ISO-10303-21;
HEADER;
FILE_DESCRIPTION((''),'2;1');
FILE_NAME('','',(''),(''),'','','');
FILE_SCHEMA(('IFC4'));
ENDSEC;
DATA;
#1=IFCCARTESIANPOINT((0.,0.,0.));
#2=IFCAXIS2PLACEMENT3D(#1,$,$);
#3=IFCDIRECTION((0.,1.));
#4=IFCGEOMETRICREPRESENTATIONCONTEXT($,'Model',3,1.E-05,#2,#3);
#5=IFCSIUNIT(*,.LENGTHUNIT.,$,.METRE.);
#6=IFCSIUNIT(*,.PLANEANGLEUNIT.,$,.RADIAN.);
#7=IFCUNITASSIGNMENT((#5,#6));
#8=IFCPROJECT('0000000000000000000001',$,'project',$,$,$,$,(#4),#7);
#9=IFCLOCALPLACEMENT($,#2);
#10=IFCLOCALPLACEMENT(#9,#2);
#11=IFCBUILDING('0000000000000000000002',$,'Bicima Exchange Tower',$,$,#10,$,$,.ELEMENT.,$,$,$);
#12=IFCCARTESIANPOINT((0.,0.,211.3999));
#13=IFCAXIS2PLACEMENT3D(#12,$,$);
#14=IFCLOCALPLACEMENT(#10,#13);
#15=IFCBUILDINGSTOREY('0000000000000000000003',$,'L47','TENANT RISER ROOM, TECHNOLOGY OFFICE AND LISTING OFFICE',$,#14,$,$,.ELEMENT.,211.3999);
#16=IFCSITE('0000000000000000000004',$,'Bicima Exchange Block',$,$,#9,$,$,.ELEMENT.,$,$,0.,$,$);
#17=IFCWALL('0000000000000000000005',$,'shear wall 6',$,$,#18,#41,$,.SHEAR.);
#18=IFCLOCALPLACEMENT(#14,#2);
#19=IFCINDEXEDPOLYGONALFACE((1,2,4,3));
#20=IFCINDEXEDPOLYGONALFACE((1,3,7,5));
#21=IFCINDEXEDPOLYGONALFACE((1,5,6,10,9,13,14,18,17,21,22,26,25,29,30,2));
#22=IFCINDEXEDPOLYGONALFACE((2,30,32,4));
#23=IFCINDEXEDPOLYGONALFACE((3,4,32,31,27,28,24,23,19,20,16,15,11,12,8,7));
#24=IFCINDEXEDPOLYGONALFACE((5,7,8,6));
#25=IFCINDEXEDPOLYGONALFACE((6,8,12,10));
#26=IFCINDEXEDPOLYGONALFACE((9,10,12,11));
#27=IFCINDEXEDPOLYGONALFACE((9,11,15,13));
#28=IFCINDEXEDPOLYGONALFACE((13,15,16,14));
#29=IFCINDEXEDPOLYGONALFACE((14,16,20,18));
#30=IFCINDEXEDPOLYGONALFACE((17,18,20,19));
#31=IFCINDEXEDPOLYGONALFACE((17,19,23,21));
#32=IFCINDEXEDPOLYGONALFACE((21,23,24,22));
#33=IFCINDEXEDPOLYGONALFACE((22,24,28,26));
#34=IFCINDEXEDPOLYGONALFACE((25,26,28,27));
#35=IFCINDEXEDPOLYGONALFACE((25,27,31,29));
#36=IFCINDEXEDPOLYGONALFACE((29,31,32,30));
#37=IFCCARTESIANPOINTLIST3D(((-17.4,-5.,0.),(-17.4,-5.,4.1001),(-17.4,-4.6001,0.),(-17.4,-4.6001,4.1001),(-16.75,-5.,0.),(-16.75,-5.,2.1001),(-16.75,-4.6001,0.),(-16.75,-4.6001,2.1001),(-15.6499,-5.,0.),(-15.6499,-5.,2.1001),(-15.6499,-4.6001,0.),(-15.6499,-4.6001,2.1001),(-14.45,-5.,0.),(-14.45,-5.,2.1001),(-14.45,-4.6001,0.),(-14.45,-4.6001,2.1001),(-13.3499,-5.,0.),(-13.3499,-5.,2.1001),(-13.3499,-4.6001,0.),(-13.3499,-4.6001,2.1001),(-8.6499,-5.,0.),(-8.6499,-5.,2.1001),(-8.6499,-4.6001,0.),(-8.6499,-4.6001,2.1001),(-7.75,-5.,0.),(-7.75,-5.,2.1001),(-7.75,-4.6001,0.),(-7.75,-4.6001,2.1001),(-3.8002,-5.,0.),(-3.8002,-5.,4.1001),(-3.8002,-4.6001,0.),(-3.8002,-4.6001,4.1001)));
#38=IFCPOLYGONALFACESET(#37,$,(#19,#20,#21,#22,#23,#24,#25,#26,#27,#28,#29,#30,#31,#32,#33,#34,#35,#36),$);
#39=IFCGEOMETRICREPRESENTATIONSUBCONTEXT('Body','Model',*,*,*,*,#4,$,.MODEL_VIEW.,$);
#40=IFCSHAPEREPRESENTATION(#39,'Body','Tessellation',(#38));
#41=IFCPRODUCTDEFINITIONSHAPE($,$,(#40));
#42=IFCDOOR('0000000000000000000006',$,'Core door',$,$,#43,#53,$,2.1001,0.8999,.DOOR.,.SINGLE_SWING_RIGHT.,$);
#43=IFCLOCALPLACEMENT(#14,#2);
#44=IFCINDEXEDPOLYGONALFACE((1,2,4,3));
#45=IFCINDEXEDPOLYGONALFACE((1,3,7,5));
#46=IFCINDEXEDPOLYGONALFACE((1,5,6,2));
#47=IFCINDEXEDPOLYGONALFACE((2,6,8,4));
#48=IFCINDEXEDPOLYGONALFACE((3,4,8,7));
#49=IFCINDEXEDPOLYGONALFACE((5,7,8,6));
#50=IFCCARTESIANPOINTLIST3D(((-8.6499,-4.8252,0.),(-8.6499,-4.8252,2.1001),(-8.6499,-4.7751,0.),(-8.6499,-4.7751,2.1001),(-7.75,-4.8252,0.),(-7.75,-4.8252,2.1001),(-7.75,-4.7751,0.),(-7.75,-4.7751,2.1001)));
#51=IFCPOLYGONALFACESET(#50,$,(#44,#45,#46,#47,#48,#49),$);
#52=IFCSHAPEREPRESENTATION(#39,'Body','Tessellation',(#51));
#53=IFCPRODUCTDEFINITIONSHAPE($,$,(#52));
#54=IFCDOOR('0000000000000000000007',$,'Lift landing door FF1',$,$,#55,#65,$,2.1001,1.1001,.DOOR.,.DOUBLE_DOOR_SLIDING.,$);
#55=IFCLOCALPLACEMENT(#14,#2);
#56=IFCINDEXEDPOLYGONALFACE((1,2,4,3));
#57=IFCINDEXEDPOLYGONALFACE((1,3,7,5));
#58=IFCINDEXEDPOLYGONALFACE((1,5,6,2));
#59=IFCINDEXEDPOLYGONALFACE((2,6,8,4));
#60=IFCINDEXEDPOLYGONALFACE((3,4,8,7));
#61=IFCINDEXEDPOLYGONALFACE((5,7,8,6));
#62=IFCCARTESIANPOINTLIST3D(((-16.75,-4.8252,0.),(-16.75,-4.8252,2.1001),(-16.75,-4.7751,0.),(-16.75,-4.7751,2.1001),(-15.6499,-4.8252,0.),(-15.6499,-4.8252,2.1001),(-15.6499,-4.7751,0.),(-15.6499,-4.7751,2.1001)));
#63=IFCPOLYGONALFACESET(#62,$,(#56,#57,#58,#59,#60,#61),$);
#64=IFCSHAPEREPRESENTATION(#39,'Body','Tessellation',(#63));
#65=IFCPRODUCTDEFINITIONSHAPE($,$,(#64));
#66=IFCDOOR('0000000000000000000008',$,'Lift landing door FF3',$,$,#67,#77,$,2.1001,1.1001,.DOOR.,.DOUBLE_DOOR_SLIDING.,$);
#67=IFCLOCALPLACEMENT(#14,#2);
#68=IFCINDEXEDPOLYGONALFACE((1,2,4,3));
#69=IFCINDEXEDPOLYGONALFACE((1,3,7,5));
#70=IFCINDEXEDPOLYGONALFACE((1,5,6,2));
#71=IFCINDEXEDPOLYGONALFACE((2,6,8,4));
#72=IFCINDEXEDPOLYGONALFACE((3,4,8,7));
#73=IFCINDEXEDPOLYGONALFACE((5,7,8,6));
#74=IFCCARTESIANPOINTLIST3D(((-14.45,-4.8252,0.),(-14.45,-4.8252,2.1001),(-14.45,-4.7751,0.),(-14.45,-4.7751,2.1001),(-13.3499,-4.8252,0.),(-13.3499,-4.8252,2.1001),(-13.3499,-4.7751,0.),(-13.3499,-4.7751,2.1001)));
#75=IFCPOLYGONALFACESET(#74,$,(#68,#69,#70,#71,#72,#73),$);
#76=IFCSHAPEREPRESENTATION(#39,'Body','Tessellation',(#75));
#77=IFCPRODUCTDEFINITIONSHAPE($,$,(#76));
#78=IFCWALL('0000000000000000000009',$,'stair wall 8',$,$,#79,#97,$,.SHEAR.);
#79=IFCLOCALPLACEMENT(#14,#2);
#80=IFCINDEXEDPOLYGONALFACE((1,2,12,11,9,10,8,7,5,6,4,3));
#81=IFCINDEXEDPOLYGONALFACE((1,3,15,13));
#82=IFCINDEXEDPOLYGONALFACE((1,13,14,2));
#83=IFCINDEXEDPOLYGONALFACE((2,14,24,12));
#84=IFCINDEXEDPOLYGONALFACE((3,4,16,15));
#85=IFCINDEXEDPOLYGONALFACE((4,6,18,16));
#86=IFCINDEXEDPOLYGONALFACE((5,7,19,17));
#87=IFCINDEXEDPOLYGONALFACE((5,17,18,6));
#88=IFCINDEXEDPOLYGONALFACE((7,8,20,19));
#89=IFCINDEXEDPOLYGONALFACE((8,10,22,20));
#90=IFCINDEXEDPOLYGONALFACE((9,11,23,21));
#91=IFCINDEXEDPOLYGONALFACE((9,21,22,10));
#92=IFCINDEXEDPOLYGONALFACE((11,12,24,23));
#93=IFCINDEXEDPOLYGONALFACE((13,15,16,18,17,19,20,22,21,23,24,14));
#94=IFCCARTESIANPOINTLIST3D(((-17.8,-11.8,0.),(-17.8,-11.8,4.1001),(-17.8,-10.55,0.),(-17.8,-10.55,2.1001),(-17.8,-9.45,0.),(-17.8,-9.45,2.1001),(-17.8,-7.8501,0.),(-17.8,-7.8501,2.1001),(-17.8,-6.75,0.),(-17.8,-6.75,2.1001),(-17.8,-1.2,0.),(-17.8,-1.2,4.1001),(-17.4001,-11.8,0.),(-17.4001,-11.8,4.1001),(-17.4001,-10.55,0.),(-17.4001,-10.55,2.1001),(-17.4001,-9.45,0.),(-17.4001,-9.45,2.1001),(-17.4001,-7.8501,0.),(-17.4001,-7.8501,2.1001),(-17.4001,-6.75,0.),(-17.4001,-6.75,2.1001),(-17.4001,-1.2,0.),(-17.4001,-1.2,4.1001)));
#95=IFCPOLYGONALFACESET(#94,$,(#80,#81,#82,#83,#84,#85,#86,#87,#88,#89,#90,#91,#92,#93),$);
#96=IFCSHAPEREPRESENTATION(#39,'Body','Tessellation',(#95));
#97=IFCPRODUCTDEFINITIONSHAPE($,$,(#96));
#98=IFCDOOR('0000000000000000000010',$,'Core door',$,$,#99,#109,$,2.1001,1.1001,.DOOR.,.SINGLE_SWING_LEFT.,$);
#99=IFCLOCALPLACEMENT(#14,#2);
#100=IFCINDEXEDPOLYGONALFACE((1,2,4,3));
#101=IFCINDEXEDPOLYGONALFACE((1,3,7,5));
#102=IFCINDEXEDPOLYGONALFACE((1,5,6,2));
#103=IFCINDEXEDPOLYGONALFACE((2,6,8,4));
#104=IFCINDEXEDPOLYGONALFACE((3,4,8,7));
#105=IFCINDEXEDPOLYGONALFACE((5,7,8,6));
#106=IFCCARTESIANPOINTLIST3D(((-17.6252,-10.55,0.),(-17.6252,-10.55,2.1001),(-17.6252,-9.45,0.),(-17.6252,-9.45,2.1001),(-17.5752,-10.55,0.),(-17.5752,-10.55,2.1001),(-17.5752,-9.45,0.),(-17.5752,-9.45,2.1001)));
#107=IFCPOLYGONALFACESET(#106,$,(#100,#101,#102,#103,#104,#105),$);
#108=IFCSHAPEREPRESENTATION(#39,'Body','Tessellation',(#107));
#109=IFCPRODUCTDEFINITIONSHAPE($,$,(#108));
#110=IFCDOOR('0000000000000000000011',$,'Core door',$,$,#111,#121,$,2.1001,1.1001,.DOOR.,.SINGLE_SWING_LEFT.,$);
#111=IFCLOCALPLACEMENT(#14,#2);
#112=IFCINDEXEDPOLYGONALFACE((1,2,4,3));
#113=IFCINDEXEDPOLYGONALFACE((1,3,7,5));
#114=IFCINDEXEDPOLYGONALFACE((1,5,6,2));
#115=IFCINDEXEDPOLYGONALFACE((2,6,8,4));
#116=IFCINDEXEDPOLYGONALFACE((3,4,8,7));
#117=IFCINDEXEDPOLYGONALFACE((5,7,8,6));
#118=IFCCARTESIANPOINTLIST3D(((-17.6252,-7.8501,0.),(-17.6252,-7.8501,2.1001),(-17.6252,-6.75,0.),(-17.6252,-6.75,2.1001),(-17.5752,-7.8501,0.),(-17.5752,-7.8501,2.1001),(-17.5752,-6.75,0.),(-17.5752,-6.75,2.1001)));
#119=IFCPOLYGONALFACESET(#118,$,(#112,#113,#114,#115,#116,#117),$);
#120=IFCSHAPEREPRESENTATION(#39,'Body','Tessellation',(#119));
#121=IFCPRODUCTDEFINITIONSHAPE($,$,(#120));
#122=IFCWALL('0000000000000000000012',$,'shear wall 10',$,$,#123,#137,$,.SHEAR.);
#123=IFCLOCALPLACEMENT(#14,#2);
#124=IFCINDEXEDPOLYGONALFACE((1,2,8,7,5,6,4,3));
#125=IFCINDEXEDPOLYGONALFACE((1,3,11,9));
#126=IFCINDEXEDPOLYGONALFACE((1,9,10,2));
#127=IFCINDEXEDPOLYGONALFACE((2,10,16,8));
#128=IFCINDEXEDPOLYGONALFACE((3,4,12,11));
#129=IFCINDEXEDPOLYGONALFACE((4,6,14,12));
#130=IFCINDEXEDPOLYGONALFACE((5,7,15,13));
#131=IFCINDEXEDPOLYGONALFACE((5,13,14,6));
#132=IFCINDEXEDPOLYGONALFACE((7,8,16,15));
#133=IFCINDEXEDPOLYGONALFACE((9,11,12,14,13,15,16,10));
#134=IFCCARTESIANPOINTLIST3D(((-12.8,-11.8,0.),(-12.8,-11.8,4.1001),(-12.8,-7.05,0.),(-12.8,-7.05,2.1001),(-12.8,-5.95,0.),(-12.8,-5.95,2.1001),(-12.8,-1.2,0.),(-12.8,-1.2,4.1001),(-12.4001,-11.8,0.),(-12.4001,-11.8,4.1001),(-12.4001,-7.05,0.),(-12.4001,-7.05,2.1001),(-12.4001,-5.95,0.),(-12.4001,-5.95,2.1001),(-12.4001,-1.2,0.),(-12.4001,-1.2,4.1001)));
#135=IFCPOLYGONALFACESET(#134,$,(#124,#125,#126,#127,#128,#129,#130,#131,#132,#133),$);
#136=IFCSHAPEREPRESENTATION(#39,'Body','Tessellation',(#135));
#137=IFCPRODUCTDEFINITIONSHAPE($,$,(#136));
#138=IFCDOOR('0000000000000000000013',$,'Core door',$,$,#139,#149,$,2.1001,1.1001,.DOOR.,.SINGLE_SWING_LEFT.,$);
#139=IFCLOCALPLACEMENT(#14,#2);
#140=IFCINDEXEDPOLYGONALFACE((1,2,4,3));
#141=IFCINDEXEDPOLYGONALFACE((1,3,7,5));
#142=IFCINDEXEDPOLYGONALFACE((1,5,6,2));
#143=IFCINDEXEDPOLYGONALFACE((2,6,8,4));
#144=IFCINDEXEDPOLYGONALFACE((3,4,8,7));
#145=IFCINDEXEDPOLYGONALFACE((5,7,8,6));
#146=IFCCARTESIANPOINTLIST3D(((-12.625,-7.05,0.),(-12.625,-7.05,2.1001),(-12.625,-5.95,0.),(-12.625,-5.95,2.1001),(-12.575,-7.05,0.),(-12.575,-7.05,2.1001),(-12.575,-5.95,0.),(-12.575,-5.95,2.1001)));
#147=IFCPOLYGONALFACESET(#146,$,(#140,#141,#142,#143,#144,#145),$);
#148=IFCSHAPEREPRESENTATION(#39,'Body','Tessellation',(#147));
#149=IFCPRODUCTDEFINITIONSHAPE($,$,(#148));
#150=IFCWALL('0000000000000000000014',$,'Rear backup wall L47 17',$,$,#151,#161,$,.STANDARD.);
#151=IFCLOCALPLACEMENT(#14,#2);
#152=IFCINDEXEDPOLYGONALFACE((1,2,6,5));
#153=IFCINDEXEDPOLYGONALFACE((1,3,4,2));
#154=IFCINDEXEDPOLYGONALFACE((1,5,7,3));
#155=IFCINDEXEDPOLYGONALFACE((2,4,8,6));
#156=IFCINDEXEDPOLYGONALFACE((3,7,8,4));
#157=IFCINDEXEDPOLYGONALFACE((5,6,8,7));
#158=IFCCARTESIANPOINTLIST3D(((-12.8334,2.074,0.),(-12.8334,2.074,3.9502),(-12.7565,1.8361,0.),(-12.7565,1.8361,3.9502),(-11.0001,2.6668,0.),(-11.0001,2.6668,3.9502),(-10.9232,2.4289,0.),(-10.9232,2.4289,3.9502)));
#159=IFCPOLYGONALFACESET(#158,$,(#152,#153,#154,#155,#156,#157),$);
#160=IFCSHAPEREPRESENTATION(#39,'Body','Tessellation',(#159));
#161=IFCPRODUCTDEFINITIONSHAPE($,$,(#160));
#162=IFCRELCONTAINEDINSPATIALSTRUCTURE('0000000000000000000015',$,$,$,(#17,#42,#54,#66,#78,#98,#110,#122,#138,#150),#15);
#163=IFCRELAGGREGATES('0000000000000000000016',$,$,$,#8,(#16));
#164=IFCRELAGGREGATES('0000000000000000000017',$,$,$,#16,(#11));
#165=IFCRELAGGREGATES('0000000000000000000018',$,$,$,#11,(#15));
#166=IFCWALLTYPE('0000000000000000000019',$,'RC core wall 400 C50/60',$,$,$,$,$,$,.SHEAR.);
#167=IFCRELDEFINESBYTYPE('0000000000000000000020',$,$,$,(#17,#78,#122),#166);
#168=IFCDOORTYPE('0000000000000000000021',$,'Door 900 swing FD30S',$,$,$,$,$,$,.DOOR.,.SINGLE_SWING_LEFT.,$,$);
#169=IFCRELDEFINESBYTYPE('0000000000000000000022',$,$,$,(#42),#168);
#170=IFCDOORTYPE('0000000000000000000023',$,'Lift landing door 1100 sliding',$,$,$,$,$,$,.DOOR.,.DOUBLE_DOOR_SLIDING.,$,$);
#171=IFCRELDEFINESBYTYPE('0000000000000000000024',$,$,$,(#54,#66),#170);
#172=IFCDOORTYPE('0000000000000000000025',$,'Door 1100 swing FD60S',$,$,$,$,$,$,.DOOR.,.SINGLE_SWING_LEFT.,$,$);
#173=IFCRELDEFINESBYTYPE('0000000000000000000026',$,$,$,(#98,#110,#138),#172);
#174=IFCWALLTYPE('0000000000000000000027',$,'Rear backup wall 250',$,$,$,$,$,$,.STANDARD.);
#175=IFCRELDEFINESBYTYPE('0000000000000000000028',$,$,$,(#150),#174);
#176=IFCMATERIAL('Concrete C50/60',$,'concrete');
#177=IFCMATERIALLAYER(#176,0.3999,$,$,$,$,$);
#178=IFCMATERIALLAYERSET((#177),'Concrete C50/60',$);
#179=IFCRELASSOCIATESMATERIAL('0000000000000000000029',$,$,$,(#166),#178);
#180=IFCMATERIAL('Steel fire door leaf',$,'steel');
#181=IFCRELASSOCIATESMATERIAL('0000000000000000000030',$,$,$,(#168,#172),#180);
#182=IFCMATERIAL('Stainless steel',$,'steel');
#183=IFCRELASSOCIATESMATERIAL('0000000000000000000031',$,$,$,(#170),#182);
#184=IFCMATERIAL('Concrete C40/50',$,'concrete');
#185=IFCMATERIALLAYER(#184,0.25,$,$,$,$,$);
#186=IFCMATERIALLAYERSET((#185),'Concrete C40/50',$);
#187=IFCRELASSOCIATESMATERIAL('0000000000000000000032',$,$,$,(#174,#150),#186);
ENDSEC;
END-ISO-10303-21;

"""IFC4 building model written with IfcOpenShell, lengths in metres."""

from ifc_helpers import new_model, si_unit, direction, frame, frame_2d, origin, place, context, subcontext, project, spatial, rectangle, extrude, material, layer, layer_set, layer_usage, type_object, element, fill, save


model = new_model("IFC4")

# Units and contexts
model_context = context("Model", 3, precision=1e-05, world=origin(), true_north=direction((0.0, 1.0)))
body_context = subcontext(model_context, "Body", "Model", "MODEL_VIEW")
ifc_project = project(units=[si_unit("LENGTHUNIT", "METRE"), si_unit("PLANEANGLEUNIT", "RADIAN")], contexts=[model_context])

# Site, building, storey
site_placement = place(None, origin())
site = spatial("IfcSite", under=ifc_project, at=site_placement, Name="Bicima Exchange Block", CompositionType="ELEMENT", RefElevation=0.0)
building_placement = place(site_placement, origin())
building = spatial("IfcBuilding", under=site, at=building_placement, Name="Bicima Exchange Tower", CompositionType="ELEMENT")
storey_placement = place(building_placement, frame((0.0, 0.0, 211.3999)))
storey = spatial("IfcBuildingStorey", under=building, at=storey_placement, Name="L47", Description="TENANT RISER ROOM, TECHNOLOGY OFFICE AND LISTING OFFICE", CompositionType="ELEMENT", Elevation=211.3999)

# Walls, openings, doors
ifc_material_1 = material(Name="Concrete C50/60", Category="concrete")
ifc_layer_1 = layer(ifc_material_1, 0.3999)
ifc_layer_set_1 = layer_set([ifc_layer_1], Name="Concrete C50/60")
wall_type_1 = type_object("IfcWallType", Name="RC core wall 400 C50/60", PredefinedType="SHEAR", material=ifc_layer_set_1)
ifc_material_2 = material(Name="Steel fire door leaf", Category="steel")
door_type_1 = type_object("IfcDoorType", Name="Door 900 swing FD30S", OperationType="SINGLE_SWING_LEFT", PredefinedType="DOOR", material=ifc_material_2)
ifc_material_3 = material(Name="Stainless steel", Category="steel")
wall_1_placement = place(storey_placement, frame((-17.3999, -4.8, 0.0), z_axis=(0.0, 0.0, 1.0), x_axis=(1.0, 0.0, 0.0)))
wall_1 = element("IfcWall", 1, at=wall_1_placement, inside=storey, type_object=wall_type_1, Name="shear wall 6", PredefinedType="SHEAR", context=body_context, shape_type="SweptSolid", body=[
    extrude(rectangle(XDim=13.5999, YDim=0.3999, at=frame_2d((6.7998, 0.0))), origin(), (0.0, 0.0, 1.0), 4.1001),
])
opening_1_placement = place(wall_1_placement, frame((0.6499, 0.0, 0.0)))
opening_1 = element("IfcOpeningElement", 2, at=opening_1_placement, cuts=wall_1, PredefinedType="OPENING", context=body_context, shape_type="SweptSolid", body=[
    extrude(rectangle(XDim=1.1001, YDim=2.1001, at=frame_2d((0.55, 1.05))), frame((0.0, 0.2119, 0.0), z_axis=(0.0, -1.0, 0.0), x_axis=(1.0, 0.0, 0.0)), (0.0, 0.0, 1.0), 0.4238),
])
opening_2_placement = place(wall_1_placement, frame((2.95, 0.0, 0.0)))
opening_2 = element("IfcOpeningElement", 3, at=opening_2_placement, cuts=wall_1, PredefinedType="OPENING", context=body_context, shape_type="SweptSolid", body=[
    extrude(rectangle(XDim=1.1001, YDim=2.1001, at=frame_2d((0.55, 1.05))), frame((0.0, 0.2119, 0.0), z_axis=(0.0, -1.0, 0.0), x_axis=(1.0, 0.0, 0.0)), (0.0, 0.0, 1.0), 0.4238),
])
opening_3_placement = place(wall_1_placement, frame((8.75, 0.0, 0.0)))
opening_3 = element("IfcOpeningElement", 4, at=opening_3_placement, cuts=wall_1, PredefinedType="OPENING", context=body_context, shape_type="SweptSolid", body=[
    extrude(rectangle(XDim=0.8999, YDim=2.1001, at=frame_2d((0.45, 1.05))), frame((0.0, 0.2119, 0.0), z_axis=(0.0, -1.0, 0.0), x_axis=(1.0, 0.0, 0.0)), (0.0, 0.0, 1.0), 0.4238),
])
door_1_placement = place(opening_3_placement, origin())
door_1 = element("IfcDoor", 5, at=door_1_placement, inside=storey, type_object=door_type_1, Name="Core door", OperationType="SINGLE_SWING_RIGHT", OverallHeight=2.1001, OverallWidth=0.8999, PredefinedType="DOOR", context=body_context, shape_type="SweptSolid", body=[
    extrude(rectangle(XDim=0.8999, YDim=2.1001, at=frame_2d((0.45, 1.05))), frame((0.0, 0.0249, 0.0), z_axis=(0.0, -1.0, 0.0), x_axis=(1.0, 0.0, 0.0)), (0.0, 0.0, 1.0), 0.05),
])
fill(opening_3, door_1)
door_type_2 = type_object("IfcDoorType", Name="Lift landing door 1100 sliding", OperationType="DOUBLE_DOOR_SLIDING", PredefinedType="DOOR", material=ifc_material_3)
door_2_placement = place(opening_1_placement, origin())
door_2 = element("IfcDoor", 6, at=door_2_placement, inside=storey, type_object=door_type_2, Name="Lift landing door FF1", OperationType="DOUBLE_DOOR_SLIDING", OverallHeight=2.1001, OverallWidth=1.1001, PredefinedType="DOOR", context=body_context, shape_type="SweptSolid", body=[
    extrude(rectangle(XDim=1.1001, YDim=2.1001, at=frame_2d((0.55, 1.05))), frame((0.0, 0.0249, 0.0), z_axis=(0.0, -1.0, 0.0), x_axis=(1.0, 0.0, 0.0)), (0.0, 0.0, 1.0), 0.05),
])
fill(opening_1, door_2)
door_3_placement = place(opening_2_placement, origin())
door_3 = element("IfcDoor", 7, at=door_3_placement, inside=storey, type_object=door_type_2, Name="Lift landing door FF3", OperationType="DOUBLE_DOOR_SLIDING", OverallHeight=2.1001, OverallWidth=1.1001, PredefinedType="DOOR", context=body_context, shape_type="SweptSolid", body=[
    extrude(rectangle(XDim=1.1001, YDim=2.1001, at=frame_2d((0.55, 1.05))), frame((0.0, 0.0249, 0.0), z_axis=(0.0, -1.0, 0.0), x_axis=(1.0, 0.0, 0.0)), (0.0, 0.0, 1.0), 0.05),
])
fill(opening_2, door_3)
wall_2_placement = place(storey_placement, frame((-17.6001, -11.8, 0.0), z_axis=(0.0, 0.0, 1.0), x_axis=(0.0, 1.0, 0.0)))
wall_2 = element("IfcWall", 8, at=wall_2_placement, inside=storey, type_object=wall_type_1, Name="stair wall 8", PredefinedType="SHEAR", context=body_context, shape_type="SweptSolid", body=[
    extrude(rectangle(XDim=10.6001, YDim=0.3999, at=frame_2d((5.3, 0.0))), origin(), (0.0, 0.0, 1.0), 4.1001),
])
opening_4_placement = place(wall_2_placement, frame((1.25, 0.0, 0.0)))
opening_4 = element("IfcOpeningElement", 9, at=opening_4_placement, cuts=wall_2, PredefinedType="OPENING", context=body_context, shape_type="SweptSolid", body=[
    extrude(rectangle(XDim=1.1001, YDim=2.1001, at=frame_2d((0.55, 1.05))), frame((0.0, 0.2119, 0.0), z_axis=(0.0, -1.0, 0.0), x_axis=(1.0, 0.0, 0.0)), (0.0, 0.0, 1.0), 0.4238),
])
opening_5_placement = place(wall_2_placement, frame((3.95, 0.0, 0.0)))
opening_5 = element("IfcOpeningElement", 10, at=opening_5_placement, cuts=wall_2, PredefinedType="OPENING", context=body_context, shape_type="SweptSolid", body=[
    extrude(rectangle(XDim=1.1001, YDim=2.1001, at=frame_2d((0.55, 1.05))), frame((0.0, 0.2119, 0.0), z_axis=(0.0, -1.0, 0.0), x_axis=(1.0, 0.0, 0.0)), (0.0, 0.0, 1.0), 0.4238),
])
door_type_3 = type_object("IfcDoorType", Name="Door 1100 swing FD60S", OperationType="SINGLE_SWING_LEFT", PredefinedType="DOOR", material=ifc_material_2)
door_4_placement = place(opening_4_placement, frame((1.1001, 0.0, 0.0), z_axis=(0.0, 0.0, 1.0), x_axis=(-1.0, 0.0, 0.0)))
door_4 = element("IfcDoor", 11, at=door_4_placement, inside=storey, type_object=door_type_3, Name="Core door", OperationType="SINGLE_SWING_LEFT", OverallHeight=2.1001, OverallWidth=1.1001, PredefinedType="DOOR", context=body_context, shape_type="SweptSolid", body=[
    extrude(rectangle(XDim=1.1001, YDim=2.1001, at=frame_2d((0.55, 1.05))), frame((0.0, 0.0249, 0.0), z_axis=(0.0, -1.0, 0.0), x_axis=(1.0, 0.0, 0.0)), (0.0, 0.0, 1.0), 0.05),
])
fill(opening_4, door_4)
door_5_placement = place(opening_5_placement, frame((1.1001, 0.0, 0.0), z_axis=(0.0, 0.0, 1.0), x_axis=(-1.0, 0.0, 0.0)))
door_5 = element("IfcDoor", 12, at=door_5_placement, inside=storey, type_object=door_type_3, Name="Core door", OperationType="SINGLE_SWING_LEFT", OverallHeight=2.1001, OverallWidth=1.1001, PredefinedType="DOOR", context=body_context, shape_type="SweptSolid", body=[
    extrude(rectangle(XDim=1.1001, YDim=2.1001, at=frame_2d((0.55, 1.05))), frame((0.0, 0.0249, 0.0), z_axis=(0.0, -1.0, 0.0), x_axis=(1.0, 0.0, 0.0)), (0.0, 0.0, 1.0), 0.05),
])
fill(opening_5, door_5)

# Wall, opening, door
wall_3_placement = place(storey_placement, frame((-12.6001, -11.8, 0.0), z_axis=(0.0, 0.0, 1.0), x_axis=(0.0, 1.0, 0.0)))
wall_3 = element("IfcWall", 13, at=wall_3_placement, inside=storey, type_object=wall_type_1, Name="shear wall 10", PredefinedType="SHEAR", context=body_context, shape_type="SweptSolid", body=[
    extrude(rectangle(XDim=10.6001, YDim=0.3999, at=frame_2d((5.3, 0.0))), origin(), (0.0, 0.0, 1.0), 4.1001),
])
opening_6_placement = place(wall_3_placement, frame((4.75, 0.0, 0.0)))
opening_6 = element("IfcOpeningElement", 14, at=opening_6_placement, cuts=wall_3, PredefinedType="OPENING", context=body_context, shape_type="SweptSolid", body=[
    extrude(rectangle(XDim=1.1001, YDim=2.1001, at=frame_2d((0.55, 1.05))), frame((0.0, 0.2119, 0.0), z_axis=(0.0, -1.0, 0.0), x_axis=(1.0, 0.0, 0.0)), (0.0, 0.0, 1.0), 0.4238),
])
door_6_placement = place(opening_6_placement, origin())
door_6 = element("IfcDoor", 15, at=door_6_placement, inside=storey, type_object=door_type_3, Name="Core door", OperationType="SINGLE_SWING_LEFT", OverallHeight=2.1001, OverallWidth=1.1001, PredefinedType="DOOR", context=body_context, shape_type="SweptSolid", body=[
    extrude(rectangle(XDim=1.1001, YDim=2.1001, at=frame_2d((0.55, 1.05))), frame((0.0, 0.0249, 0.0), z_axis=(0.0, -1.0, 0.0), x_axis=(1.0, 0.0, 0.0)), (0.0, 0.0, 1.0), 0.05),
])
fill(opening_6, door_6)

# Wall
ifc_material_4 = material(Name="Concrete C40/50", Category="concrete")
ifc_layer_2 = layer(ifc_material_4, 0.25)
ifc_layer_set_2 = layer_set([ifc_layer_2], Name="Concrete C40/50")
ifc_layer_usage = layer_usage(ifc_layer_set_2, "AXIS2", "POSITIVE", -0.125)
wall_type_2 = type_object("IfcWallType", Name="Rear backup wall 250", PredefinedType="STANDARD", material=ifc_layer_set_2)
wall_4_placement = place(storey_placement, frame((-10.9617, 2.5479, 0.0), z_axis=(0.0, 0.0, 1.0), x_axis=(-0.951496, -0.307662, 0.0)))
element("IfcWall", 16, at=wall_4_placement, inside=storey, type_object=wall_type_2, material=ifc_layer_usage, Name="Rear backup wall L47 17", PredefinedType="STANDARD", context=body_context, shape_type="SweptSolid", body=[
    extrude(rectangle(XDim=1.9268, YDim=0.25, at=frame_2d((0.9634, 0.0))), origin(), (0.0, 0.0, 1.0), 3.9502),
])

save(model, "model.ifc")
